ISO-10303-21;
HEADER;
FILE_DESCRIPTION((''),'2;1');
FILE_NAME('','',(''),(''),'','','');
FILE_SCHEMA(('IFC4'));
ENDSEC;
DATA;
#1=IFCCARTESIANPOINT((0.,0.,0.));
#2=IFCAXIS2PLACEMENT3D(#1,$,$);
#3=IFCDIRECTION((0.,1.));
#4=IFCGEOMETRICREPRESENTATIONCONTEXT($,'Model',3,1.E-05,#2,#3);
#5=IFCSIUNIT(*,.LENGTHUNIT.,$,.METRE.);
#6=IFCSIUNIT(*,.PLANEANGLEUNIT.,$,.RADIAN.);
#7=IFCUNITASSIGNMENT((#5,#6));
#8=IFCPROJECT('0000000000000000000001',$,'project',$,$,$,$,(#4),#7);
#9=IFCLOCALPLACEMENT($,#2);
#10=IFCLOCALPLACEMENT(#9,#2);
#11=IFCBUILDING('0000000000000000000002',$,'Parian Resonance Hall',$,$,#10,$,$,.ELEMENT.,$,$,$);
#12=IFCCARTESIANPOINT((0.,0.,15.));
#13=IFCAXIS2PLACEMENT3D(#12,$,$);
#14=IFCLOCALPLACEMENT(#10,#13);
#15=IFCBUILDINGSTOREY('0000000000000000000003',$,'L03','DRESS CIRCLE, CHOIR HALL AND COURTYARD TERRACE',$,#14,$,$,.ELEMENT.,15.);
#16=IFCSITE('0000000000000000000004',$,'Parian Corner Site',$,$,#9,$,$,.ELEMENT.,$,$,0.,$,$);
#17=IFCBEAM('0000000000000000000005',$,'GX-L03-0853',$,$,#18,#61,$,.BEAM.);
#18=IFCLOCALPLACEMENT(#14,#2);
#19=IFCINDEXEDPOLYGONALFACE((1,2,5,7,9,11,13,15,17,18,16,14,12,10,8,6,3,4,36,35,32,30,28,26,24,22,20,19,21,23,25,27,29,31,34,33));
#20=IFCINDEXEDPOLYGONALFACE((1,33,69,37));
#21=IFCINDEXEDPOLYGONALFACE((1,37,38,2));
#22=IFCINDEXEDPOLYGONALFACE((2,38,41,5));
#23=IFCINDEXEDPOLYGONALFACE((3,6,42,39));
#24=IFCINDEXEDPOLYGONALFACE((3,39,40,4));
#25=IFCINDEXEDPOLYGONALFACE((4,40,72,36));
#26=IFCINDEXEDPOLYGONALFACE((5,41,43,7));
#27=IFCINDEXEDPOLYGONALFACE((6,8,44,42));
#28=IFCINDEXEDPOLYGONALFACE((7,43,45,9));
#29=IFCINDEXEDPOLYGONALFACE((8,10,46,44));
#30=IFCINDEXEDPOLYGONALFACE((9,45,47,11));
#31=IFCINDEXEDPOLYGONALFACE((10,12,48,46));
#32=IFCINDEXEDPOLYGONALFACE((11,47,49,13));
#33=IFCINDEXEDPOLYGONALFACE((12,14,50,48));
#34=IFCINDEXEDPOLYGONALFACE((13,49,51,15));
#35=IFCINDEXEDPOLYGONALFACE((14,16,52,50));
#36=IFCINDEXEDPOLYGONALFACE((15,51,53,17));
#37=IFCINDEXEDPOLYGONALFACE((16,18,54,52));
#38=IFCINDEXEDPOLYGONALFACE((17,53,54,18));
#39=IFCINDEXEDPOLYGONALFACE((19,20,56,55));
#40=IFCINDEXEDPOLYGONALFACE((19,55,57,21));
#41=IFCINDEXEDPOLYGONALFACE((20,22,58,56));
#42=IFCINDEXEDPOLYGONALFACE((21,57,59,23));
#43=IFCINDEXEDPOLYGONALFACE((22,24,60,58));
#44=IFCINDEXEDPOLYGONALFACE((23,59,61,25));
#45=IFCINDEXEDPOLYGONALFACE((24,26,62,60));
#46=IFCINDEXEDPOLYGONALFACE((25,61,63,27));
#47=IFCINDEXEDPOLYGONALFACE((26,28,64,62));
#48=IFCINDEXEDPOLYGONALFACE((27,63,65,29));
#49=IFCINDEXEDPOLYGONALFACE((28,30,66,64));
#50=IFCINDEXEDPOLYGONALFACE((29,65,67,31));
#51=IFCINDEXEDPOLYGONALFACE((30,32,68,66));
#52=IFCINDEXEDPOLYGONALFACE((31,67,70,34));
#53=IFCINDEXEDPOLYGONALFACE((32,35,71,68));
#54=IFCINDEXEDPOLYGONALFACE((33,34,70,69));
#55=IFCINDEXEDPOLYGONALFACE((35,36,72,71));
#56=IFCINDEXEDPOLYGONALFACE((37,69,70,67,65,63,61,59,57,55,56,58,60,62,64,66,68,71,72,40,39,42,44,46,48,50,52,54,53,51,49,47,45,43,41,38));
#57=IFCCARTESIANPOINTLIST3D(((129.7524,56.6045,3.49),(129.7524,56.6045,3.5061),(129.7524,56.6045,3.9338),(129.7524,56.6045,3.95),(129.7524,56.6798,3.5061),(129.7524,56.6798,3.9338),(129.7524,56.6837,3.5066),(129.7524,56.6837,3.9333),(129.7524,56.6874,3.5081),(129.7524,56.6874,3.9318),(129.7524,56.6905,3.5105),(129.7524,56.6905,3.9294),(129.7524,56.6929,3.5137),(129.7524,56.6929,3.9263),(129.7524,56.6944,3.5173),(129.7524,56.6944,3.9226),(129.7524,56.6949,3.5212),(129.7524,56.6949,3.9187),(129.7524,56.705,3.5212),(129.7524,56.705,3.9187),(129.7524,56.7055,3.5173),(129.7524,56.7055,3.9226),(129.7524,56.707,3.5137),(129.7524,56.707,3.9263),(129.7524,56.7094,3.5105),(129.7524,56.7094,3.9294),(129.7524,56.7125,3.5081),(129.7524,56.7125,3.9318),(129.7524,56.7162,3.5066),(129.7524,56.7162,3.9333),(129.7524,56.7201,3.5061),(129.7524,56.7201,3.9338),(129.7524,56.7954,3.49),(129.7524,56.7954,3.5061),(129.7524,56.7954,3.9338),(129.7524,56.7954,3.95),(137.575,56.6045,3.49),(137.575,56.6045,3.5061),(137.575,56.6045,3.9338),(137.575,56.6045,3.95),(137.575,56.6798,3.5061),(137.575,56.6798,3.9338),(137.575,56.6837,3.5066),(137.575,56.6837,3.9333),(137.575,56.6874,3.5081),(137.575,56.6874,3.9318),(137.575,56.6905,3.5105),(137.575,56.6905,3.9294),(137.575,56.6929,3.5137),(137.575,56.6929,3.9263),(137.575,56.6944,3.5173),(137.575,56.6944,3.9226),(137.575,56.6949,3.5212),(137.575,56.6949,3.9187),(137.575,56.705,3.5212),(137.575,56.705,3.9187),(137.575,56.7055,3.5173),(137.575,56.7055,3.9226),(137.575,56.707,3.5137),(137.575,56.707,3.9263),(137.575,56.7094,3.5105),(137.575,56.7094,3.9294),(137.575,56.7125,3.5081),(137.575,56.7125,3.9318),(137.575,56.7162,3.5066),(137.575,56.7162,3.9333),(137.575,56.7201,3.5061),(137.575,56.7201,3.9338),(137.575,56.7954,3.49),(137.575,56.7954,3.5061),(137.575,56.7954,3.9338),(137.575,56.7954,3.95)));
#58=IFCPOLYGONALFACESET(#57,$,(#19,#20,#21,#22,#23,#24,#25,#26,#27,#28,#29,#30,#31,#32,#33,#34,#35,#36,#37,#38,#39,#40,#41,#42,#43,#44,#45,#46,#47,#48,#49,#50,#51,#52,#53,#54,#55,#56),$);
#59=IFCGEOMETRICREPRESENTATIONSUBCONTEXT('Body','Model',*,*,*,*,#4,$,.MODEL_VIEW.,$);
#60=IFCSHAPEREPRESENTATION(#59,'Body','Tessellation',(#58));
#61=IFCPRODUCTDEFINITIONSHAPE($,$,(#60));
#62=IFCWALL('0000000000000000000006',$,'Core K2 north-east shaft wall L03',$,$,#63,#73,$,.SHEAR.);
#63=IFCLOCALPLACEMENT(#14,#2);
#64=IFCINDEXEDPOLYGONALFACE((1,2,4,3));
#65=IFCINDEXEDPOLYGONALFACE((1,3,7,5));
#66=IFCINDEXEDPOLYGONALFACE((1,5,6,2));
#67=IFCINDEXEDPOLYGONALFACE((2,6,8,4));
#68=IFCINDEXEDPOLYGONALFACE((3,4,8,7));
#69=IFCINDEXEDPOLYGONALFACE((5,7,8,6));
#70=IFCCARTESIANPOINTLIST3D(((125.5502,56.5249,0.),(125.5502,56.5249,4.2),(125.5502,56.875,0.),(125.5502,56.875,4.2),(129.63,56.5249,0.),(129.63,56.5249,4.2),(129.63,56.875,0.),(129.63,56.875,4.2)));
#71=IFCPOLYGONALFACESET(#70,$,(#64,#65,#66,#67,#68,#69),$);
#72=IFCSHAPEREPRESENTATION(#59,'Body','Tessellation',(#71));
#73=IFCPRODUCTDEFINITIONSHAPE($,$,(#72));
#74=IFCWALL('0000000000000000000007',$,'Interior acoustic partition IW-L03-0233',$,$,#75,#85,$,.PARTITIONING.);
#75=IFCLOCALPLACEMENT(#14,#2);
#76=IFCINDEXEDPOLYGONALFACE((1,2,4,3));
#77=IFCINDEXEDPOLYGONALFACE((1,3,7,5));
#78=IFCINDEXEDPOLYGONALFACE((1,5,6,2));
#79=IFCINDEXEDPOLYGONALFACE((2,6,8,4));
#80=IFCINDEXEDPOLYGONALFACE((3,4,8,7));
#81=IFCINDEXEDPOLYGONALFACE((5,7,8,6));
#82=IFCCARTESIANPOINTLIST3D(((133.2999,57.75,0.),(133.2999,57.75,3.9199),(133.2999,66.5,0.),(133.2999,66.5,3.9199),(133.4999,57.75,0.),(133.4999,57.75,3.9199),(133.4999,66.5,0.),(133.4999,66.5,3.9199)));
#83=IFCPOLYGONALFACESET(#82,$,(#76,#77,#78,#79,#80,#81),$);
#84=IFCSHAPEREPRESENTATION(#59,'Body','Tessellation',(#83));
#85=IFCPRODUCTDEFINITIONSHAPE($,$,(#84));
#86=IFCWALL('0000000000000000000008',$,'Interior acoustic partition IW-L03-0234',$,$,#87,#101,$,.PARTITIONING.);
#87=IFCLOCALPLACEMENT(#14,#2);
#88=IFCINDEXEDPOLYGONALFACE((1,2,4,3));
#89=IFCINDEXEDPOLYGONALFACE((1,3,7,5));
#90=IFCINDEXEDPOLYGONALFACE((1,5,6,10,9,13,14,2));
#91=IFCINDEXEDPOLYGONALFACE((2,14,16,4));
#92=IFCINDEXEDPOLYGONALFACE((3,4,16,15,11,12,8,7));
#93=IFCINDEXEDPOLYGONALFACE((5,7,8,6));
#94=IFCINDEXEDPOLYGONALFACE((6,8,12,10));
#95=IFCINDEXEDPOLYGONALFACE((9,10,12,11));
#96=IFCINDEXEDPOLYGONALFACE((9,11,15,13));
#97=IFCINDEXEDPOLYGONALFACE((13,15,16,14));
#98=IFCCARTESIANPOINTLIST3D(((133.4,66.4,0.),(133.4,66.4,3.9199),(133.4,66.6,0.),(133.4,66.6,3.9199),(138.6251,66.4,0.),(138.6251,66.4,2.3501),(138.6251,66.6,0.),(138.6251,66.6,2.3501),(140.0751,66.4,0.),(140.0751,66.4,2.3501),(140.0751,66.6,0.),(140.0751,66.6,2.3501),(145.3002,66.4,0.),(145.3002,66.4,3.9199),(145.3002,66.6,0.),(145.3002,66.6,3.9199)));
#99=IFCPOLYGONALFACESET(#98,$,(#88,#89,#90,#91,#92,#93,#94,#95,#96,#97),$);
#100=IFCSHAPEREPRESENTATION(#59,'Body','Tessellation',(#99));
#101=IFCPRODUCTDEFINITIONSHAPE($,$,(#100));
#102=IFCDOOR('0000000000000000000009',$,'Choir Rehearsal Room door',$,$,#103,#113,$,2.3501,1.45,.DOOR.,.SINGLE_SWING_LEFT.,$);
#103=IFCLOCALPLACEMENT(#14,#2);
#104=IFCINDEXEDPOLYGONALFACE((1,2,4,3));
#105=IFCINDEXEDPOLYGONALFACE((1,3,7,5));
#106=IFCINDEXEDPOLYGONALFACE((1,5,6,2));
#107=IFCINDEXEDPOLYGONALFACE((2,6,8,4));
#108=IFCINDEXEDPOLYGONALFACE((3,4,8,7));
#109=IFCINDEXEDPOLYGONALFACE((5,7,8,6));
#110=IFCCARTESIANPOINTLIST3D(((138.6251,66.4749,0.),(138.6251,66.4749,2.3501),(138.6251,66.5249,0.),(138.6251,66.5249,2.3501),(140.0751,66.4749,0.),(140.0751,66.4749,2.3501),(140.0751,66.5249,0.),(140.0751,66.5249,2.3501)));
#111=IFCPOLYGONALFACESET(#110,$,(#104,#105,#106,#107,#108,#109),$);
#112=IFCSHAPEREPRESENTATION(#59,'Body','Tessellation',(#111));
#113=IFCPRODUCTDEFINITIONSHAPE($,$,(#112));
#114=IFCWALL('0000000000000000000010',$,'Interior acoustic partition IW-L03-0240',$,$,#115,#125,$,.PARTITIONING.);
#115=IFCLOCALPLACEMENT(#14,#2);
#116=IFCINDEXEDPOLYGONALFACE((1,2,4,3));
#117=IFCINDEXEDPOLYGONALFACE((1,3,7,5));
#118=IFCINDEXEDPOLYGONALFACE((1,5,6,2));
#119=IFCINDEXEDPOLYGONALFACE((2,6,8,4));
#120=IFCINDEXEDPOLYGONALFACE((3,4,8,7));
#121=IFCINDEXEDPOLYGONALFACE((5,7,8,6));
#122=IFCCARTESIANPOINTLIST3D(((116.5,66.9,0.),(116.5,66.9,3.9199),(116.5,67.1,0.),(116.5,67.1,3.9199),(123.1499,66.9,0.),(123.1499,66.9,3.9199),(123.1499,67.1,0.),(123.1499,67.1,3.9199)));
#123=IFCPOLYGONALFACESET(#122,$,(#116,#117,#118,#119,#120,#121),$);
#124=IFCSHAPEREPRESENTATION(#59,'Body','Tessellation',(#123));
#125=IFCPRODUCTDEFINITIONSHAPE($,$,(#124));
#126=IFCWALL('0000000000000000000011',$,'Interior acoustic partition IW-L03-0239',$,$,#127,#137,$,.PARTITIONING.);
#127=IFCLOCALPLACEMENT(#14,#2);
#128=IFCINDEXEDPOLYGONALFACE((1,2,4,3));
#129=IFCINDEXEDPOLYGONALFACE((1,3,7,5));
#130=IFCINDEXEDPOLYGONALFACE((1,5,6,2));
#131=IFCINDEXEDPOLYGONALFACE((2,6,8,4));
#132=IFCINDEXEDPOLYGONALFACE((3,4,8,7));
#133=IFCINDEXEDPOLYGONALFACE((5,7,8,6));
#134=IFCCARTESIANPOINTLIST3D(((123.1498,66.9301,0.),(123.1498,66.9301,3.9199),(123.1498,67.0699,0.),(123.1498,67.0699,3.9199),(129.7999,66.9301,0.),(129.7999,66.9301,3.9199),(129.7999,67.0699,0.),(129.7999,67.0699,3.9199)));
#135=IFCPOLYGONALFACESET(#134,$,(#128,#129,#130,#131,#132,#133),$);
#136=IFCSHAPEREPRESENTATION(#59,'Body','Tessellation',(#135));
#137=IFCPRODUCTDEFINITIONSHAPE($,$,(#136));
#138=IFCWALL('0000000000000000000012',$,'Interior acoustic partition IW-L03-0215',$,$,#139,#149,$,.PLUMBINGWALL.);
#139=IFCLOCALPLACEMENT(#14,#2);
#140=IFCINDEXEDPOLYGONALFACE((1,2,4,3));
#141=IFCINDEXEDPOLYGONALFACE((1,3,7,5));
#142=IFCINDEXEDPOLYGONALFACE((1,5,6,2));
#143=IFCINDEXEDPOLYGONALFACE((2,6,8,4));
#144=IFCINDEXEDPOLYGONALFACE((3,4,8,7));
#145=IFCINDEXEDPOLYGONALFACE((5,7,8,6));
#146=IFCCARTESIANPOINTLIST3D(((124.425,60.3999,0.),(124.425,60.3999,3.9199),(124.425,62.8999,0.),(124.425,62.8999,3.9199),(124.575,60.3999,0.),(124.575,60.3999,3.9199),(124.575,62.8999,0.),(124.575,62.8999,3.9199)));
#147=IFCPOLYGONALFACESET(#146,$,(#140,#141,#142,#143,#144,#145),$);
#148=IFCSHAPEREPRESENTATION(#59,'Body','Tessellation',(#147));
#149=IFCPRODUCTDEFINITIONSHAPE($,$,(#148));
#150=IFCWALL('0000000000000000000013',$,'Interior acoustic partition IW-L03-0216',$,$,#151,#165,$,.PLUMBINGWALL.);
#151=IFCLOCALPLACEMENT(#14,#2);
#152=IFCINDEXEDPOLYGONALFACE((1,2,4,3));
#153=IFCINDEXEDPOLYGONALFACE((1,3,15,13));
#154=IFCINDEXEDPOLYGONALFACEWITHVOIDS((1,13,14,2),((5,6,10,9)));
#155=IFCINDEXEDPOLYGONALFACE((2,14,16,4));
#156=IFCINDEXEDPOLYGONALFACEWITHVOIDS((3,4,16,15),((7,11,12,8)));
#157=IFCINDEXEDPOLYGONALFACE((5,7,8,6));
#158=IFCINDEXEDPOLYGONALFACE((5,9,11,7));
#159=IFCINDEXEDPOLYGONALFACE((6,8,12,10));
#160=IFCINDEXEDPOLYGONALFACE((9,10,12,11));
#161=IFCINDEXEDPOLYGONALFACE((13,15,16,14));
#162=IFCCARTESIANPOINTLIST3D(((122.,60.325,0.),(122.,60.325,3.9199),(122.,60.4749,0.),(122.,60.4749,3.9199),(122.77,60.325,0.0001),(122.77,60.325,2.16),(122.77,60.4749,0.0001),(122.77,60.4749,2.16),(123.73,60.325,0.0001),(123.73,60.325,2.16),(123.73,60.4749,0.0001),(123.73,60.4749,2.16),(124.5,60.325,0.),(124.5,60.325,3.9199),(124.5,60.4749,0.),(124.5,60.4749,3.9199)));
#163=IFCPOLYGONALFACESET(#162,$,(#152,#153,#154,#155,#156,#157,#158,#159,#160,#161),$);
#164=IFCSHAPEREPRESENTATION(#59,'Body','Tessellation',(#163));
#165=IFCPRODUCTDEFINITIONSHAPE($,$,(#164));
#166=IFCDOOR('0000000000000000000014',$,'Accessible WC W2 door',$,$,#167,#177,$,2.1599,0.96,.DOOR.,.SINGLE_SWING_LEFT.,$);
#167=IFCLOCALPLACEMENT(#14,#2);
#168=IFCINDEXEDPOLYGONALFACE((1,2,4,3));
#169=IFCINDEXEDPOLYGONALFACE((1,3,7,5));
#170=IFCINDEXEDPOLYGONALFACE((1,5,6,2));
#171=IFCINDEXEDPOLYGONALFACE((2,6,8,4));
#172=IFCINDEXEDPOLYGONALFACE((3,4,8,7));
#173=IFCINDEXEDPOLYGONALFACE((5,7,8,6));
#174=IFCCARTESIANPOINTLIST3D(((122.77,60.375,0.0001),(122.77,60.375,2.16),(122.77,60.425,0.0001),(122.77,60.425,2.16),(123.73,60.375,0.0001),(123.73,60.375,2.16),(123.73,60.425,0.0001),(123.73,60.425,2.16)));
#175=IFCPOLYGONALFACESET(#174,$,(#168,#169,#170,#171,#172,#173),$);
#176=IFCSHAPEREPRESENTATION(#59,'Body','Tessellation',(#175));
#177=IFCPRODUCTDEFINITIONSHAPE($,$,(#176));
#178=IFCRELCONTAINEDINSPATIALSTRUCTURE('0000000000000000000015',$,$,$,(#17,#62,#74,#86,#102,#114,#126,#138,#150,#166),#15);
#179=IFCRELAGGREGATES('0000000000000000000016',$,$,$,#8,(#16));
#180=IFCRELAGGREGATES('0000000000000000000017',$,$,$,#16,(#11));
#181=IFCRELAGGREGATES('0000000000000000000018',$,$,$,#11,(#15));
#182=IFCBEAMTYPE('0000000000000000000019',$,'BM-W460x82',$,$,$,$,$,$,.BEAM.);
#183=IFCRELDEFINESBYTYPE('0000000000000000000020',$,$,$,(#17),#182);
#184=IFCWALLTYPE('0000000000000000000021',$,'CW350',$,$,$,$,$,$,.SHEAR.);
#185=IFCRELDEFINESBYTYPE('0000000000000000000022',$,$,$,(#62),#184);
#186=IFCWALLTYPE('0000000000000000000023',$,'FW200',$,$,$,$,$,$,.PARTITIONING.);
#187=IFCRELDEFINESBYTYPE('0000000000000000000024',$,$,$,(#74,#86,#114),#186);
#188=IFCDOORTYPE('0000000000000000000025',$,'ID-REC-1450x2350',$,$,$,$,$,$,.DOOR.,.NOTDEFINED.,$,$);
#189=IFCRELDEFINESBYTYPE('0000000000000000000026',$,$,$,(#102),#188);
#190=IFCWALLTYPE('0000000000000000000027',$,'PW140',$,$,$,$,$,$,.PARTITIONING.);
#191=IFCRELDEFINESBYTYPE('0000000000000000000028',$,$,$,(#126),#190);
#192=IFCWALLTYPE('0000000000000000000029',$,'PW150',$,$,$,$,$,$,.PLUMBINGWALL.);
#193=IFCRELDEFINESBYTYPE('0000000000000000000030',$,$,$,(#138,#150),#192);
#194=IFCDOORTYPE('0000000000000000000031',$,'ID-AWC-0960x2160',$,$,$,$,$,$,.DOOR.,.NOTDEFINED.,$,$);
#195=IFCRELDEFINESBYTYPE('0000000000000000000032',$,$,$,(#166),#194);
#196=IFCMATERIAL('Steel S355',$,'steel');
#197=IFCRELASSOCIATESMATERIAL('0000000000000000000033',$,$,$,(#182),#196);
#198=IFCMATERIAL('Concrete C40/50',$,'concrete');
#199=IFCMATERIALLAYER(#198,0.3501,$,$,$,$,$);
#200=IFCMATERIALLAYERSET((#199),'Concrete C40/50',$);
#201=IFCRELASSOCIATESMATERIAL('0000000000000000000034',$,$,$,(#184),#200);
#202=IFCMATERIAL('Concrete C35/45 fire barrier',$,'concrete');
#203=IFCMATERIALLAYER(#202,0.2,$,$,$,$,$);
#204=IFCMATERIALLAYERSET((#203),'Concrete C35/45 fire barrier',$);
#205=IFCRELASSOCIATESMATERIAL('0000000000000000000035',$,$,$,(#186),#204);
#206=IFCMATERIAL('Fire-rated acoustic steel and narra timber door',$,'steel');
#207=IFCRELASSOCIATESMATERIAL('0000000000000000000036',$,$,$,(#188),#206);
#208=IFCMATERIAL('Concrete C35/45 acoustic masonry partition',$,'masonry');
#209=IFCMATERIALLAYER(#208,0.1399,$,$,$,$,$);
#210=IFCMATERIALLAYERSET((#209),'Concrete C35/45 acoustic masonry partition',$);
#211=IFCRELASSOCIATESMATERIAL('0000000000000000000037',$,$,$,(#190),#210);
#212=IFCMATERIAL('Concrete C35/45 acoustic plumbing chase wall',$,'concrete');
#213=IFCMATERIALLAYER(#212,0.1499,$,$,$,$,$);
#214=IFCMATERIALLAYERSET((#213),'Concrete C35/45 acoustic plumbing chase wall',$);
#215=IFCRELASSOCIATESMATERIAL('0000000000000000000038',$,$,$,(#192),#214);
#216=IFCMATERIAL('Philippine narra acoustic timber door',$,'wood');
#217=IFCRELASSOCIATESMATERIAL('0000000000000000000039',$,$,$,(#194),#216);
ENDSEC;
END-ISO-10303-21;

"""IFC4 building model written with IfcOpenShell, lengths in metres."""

from ifc_helpers import new_model, si_unit, direction, frame, frame_2d, origin, origin_2d, place, context, subcontext, project, spatial, rectangle, i_section, extrude, material, layer, layer_set, material_profile, profile_set, type_object, element, fill, save


model = new_model("IFC4")

# Units and contexts
model_context = context("Model", 3, precision=1e-05, world=origin(), true_north=direction((0.0, 1.0)))
body_context = subcontext(model_context, "Body", "Model", "MODEL_VIEW")
ifc_project = project(units=[si_unit("LENGTHUNIT", "METRE"), si_unit("PLANEANGLEUNIT", "RADIAN")], contexts=[model_context])

# Site, building, storey
site_placement = place(None, origin())
site = spatial("IfcSite", under=ifc_project, at=site_placement, Name="Parian Corner Site", CompositionType="ELEMENT", RefElevation=0.0)
building_placement = place(site_placement, origin())
building = spatial("IfcBuilding", under=site, at=building_placement, Name="Parian Resonance Hall", CompositionType="ELEMENT")
storey_placement = place(building_placement, frame((0.0, 0.0, 15.0)))
storey = spatial("IfcBuildingStorey", under=building, at=storey_placement, Name="L03", Description="DRESS CIRCLE, CHOIR HALL AND COURTYARD TERRACE", CompositionType="ELEMENT", Elevation=15.0)

# Beam
ifc_material_1 = material(Name="Steel S355", Category="steel")
ifc_material_profile_1 = material_profile(ifc_material_1, i_section(OverallWidth=0.1909, OverallDepth=0.46, WebThickness=0.01, FlangeThickness=0.0161, FilletRadius=0.0151, at=origin_2d()), Name="W460x82")
ifc_profile_set_1 = profile_set([ifc_material_profile_1], Name="Steel S355")
beam_type_1 = type_object("IfcBeamType", Name="BM-W460x82", PredefinedType="BEAM", material=ifc_profile_set_1)
beam_1_placement = place(storey_placement, frame((129.7524, 56.7, 3.72), z_axis=(1.0, 0.0, 0.0), x_axis=(0.0, 1.0, 0.0)))
element("IfcBeam", 1, at=beam_1_placement, inside=storey, type_object=beam_type_1, Name="GX-L03-0853", PredefinedType="BEAM", context=body_context, shape_type="SweptSolid", body=[
    extrude(i_section(OverallWidth=0.1909, OverallDepth=0.46, WebThickness=0.01, FlangeThickness=0.0161, FilletRadius=0.0151, at=origin_2d()), origin(), (0.0, 0.0, 1.0), 7.8225),
])

# Wall
ifc_material_2 = material(Name="Concrete C40/50", Category="concrete")
ifc_layer_1 = layer(ifc_material_2, 0.3501)
ifc_layer_set_1 = layer_set([ifc_layer_1], Name="Concrete C40/50")
wall_type_1 = type_object("IfcWallType", Name="CW350", PredefinedType="SHEAR", material=ifc_layer_set_1)
wall_1_placement = place(storey_placement, frame((125.55, 56.7, 0.0), z_axis=(0.0, 0.0, 1.0), x_axis=(1.0, 0.0, 0.0)))
element("IfcWall", 2, at=wall_1_placement, inside=storey, type_object=wall_type_1, Name="Core K2 north-east shaft wall L03", PredefinedType="SHEAR", context=body_context, shape_type="SweptSolid", body=[
    extrude(rectangle(XDim=4.0798, YDim=0.3501, at=frame_2d((2.04, 0.0))), origin(), (0.0, 0.0, 1.0), 4.2),
])

# Wall
ifc_material_3 = material(Name="Concrete C35/45 fire barrier", Category="concrete")
ifc_layer_2 = layer(ifc_material_3, 0.2)
ifc_layer_set_2 = layer_set([ifc_layer_2], Name="Concrete C35/45 fire barrier")
wall_type_2 = type_object("IfcWallType", Name="FW200", PredefinedType="PARTITIONING", material=ifc_layer_set_2)
wall_2_placement = place(storey_placement, frame((133.3999, 57.75, 0.0), z_axis=(0.0, 0.0, 1.0), x_axis=(0.0, 1.0, 0.0)))
element("IfcWall", 3, at=wall_2_placement, inside=storey, type_object=wall_type_2, Name="Interior acoustic partition IW-L03-0233", PredefinedType="PARTITIONING", context=body_context, shape_type="SweptSolid", body=[
    extrude(rectangle(XDim=8.75, YDim=0.2, at=frame_2d((4.375, 0.0))), origin(), (0.0, 0.0, 1.0), 3.9199),
])

# Wall, opening, door
wall_3_placement = place(storey_placement, frame((133.3999, 66.5, 0.0), z_axis=(0.0, 0.0, 1.0), x_axis=(1.0, 0.0, 0.0)))
wall_3 = element("IfcWall", 4, at=wall_3_placement, inside=storey, type_object=wall_type_2, Name="Interior acoustic partition IW-L03-0234", PredefinedType="PARTITIONING", context=body_context, shape_type="SweptSolid", body=[
    extrude(rectangle(XDim=11.9001, YDim=0.2, at=frame_2d((5.9502, 0.0))), origin(), (0.0, 0.0, 1.0), 3.9199),
])
opening_1_placement = place(wall_3_placement, frame((5.2251, 0.0, 0.0)))
opening_1 = element("IfcOpeningElement", 5, at=opening_1_placement, cuts=wall_3, PredefinedType="OPENING", context=body_context, shape_type="SweptSolid", body=[
    extrude(rectangle(XDim=1.45, YDim=2.3501, at=frame_2d((0.7251, 1.175))), frame((0.0, 0.1099, 0.0), z_axis=(0.0, -1.0, 0.0), x_axis=(1.0, 0.0, 0.0)), (0.0, 0.0, 1.0), 0.22),
])
ifc_material_4 = material(Name="Fire-rated acoustic steel and narra timber door", Category="steel")
door_type_1 = type_object("IfcDoorType", Name="ID-REC-1450x2350", OperationType="NOTDEFINED", PredefinedType="DOOR", material=ifc_material_4)
door_1_placement = place(opening_1_placement, origin())
door_1 = element("IfcDoor", 6, at=door_1_placement, inside=storey, type_object=door_type_1, Name="Choir Rehearsal Room door", OperationType="SINGLE_SWING_LEFT", OverallHeight=2.3501, OverallWidth=1.45, PredefinedType="DOOR", context=body_context, shape_type="SweptSolid", body=[
    extrude(rectangle(XDim=1.45, YDim=2.3501, at=frame_2d((0.7251, 1.175))), frame((0.0, 0.0249, 0.0), z_axis=(0.0, -1.0, 0.0), x_axis=(1.0, 0.0, 0.0)), (0.0, 0.0, 1.0), 0.05),
])
fill(opening_1, door_1)

# Walls
wall_4_placement = place(storey_placement, frame((123.1499, 67.0, 0.0), z_axis=(0.0, 0.0, 1.0), x_axis=(-1.0, 0.0, 0.0)))
element("IfcWall", 7, at=wall_4_placement, inside=storey, type_object=wall_type_2, Name="Interior acoustic partition IW-L03-0240", PredefinedType="PARTITIONING", context=body_context, shape_type="SweptSolid", body=[
    extrude(rectangle(XDim=6.6499, YDim=0.2, at=frame_2d((3.325, 0.0))), origin(), (0.0, 0.0, 1.0), 3.9199),
])
ifc_material_5 = material(Name="Concrete C35/45 acoustic masonry partition", Category="masonry")
ifc_layer_3 = layer(ifc_material_5, 0.1399)
ifc_layer_set_3 = layer_set([ifc_layer_3], Name="Concrete C35/45 acoustic masonry partition")
wall_type_3 = type_object("IfcWallType", Name="PW140", PredefinedType="PARTITIONING", material=ifc_layer_set_3)
wall_5_placement = place(storey_placement, frame((129.8, 67.0, 0.0), z_axis=(0.0, 0.0, 1.0), x_axis=(-1.0, 0.0, 0.0)))
element("IfcWall", 8, at=wall_5_placement, inside=storey, type_object=wall_type_3, Name="Interior acoustic partition IW-L03-0239", PredefinedType="PARTITIONING", context=body_context, shape_type="SweptSolid", body=[
    extrude(rectangle(XDim=6.6501, YDim=0.1399, at=frame_2d((3.3252, 0.0))), origin(), (0.0, 0.0, 1.0), 3.9199),
])
ifc_material_6 = material(Name="Concrete C35/45 acoustic plumbing chase wall", Category="concrete")
ifc_layer_4 = layer(ifc_material_6, 0.1499)
ifc_layer_set_4 = layer_set([ifc_layer_4], Name="Concrete C35/45 acoustic plumbing chase wall")
wall_type_4 = type_object("IfcWallType", Name="PW150", PredefinedType="PLUMBINGWALL", material=ifc_layer_set_4)
wall_6_placement = place(storey_placement, frame((124.5, 62.8999, 0.0), z_axis=(0.0, 0.0, 1.0), x_axis=(0.0, -1.0, 0.0)))
element("IfcWall", 9, at=wall_6_placement, inside=storey, type_object=wall_type_4, Name="Interior acoustic partition IW-L03-0215", PredefinedType="PLUMBINGWALL", context=body_context, shape_type="SweptSolid", body=[
    extrude(rectangle(XDim=2.5, YDim=0.1499, at=frame_2d((1.25, 0.0))), origin(), (0.0, 0.0, 1.0), 3.9199),
])

# Wall, opening, door
wall_7_placement = place(storey_placement, frame((124.5, 60.3999, 0.0), z_axis=(0.0, 0.0, 1.0), x_axis=(-1.0, 0.0, 0.0)))
wall_7 = element("IfcWall", 10, at=wall_7_placement, inside=storey, type_object=wall_type_4, Name="Interior acoustic partition IW-L03-0216", PredefinedType="PLUMBINGWALL", context=body_context, shape_type="SweptSolid", body=[
    extrude(rectangle(XDim=2.5, YDim=0.1499, at=frame_2d((1.25, 0.0))), origin(), (0.0, 0.0, 1.0), 3.9199),
])
opening_2_placement = place(wall_7_placement, frame((0.77, 0.0, 0.0)))
opening_2 = element("IfcOpeningElement", 11, at=opening_2_placement, cuts=wall_7, PredefinedType="OPENING", context=body_context, shape_type="SweptSolid", body=[
    extrude(rectangle(XDim=0.96, YDim=2.1599, at=frame_2d((0.48, 1.0801))), frame((0.0, 0.085, 0.0), z_axis=(0.0, -1.0, 0.0), x_axis=(1.0, 0.0, 0.0)), (0.0, 0.0, 1.0), 0.1699),
])
ifc_material_7 = material(Name="Philippine narra acoustic timber door", Category="wood")
door_type_2 = type_object("IfcDoorType", Name="ID-AWC-0960x2160", OperationType="NOTDEFINED", PredefinedType="DOOR", material=ifc_material_7)
door_2_placement = place(opening_2_placement, origin())
door_2 = element("IfcDoor", 12, at=door_2_placement, inside=storey, type_object=door_type_2, Name="Accessible WC W2 door", OperationType="SINGLE_SWING_LEFT", OverallHeight=2.1599, OverallWidth=0.96, PredefinedType="DOOR", context=body_context, shape_type="SweptSolid", body=[
    extrude(rectangle(XDim=0.96, YDim=2.1599, at=frame_2d((0.48, 1.0801))), frame((0.0, 0.0249, 0.0), z_axis=(0.0, -1.0, 0.0), x_axis=(1.0, 0.0, 0.0)), (0.0, 0.0, 1.0), 0.05),
])
fill(opening_2, door_2)

save(model, "model.ifc")
